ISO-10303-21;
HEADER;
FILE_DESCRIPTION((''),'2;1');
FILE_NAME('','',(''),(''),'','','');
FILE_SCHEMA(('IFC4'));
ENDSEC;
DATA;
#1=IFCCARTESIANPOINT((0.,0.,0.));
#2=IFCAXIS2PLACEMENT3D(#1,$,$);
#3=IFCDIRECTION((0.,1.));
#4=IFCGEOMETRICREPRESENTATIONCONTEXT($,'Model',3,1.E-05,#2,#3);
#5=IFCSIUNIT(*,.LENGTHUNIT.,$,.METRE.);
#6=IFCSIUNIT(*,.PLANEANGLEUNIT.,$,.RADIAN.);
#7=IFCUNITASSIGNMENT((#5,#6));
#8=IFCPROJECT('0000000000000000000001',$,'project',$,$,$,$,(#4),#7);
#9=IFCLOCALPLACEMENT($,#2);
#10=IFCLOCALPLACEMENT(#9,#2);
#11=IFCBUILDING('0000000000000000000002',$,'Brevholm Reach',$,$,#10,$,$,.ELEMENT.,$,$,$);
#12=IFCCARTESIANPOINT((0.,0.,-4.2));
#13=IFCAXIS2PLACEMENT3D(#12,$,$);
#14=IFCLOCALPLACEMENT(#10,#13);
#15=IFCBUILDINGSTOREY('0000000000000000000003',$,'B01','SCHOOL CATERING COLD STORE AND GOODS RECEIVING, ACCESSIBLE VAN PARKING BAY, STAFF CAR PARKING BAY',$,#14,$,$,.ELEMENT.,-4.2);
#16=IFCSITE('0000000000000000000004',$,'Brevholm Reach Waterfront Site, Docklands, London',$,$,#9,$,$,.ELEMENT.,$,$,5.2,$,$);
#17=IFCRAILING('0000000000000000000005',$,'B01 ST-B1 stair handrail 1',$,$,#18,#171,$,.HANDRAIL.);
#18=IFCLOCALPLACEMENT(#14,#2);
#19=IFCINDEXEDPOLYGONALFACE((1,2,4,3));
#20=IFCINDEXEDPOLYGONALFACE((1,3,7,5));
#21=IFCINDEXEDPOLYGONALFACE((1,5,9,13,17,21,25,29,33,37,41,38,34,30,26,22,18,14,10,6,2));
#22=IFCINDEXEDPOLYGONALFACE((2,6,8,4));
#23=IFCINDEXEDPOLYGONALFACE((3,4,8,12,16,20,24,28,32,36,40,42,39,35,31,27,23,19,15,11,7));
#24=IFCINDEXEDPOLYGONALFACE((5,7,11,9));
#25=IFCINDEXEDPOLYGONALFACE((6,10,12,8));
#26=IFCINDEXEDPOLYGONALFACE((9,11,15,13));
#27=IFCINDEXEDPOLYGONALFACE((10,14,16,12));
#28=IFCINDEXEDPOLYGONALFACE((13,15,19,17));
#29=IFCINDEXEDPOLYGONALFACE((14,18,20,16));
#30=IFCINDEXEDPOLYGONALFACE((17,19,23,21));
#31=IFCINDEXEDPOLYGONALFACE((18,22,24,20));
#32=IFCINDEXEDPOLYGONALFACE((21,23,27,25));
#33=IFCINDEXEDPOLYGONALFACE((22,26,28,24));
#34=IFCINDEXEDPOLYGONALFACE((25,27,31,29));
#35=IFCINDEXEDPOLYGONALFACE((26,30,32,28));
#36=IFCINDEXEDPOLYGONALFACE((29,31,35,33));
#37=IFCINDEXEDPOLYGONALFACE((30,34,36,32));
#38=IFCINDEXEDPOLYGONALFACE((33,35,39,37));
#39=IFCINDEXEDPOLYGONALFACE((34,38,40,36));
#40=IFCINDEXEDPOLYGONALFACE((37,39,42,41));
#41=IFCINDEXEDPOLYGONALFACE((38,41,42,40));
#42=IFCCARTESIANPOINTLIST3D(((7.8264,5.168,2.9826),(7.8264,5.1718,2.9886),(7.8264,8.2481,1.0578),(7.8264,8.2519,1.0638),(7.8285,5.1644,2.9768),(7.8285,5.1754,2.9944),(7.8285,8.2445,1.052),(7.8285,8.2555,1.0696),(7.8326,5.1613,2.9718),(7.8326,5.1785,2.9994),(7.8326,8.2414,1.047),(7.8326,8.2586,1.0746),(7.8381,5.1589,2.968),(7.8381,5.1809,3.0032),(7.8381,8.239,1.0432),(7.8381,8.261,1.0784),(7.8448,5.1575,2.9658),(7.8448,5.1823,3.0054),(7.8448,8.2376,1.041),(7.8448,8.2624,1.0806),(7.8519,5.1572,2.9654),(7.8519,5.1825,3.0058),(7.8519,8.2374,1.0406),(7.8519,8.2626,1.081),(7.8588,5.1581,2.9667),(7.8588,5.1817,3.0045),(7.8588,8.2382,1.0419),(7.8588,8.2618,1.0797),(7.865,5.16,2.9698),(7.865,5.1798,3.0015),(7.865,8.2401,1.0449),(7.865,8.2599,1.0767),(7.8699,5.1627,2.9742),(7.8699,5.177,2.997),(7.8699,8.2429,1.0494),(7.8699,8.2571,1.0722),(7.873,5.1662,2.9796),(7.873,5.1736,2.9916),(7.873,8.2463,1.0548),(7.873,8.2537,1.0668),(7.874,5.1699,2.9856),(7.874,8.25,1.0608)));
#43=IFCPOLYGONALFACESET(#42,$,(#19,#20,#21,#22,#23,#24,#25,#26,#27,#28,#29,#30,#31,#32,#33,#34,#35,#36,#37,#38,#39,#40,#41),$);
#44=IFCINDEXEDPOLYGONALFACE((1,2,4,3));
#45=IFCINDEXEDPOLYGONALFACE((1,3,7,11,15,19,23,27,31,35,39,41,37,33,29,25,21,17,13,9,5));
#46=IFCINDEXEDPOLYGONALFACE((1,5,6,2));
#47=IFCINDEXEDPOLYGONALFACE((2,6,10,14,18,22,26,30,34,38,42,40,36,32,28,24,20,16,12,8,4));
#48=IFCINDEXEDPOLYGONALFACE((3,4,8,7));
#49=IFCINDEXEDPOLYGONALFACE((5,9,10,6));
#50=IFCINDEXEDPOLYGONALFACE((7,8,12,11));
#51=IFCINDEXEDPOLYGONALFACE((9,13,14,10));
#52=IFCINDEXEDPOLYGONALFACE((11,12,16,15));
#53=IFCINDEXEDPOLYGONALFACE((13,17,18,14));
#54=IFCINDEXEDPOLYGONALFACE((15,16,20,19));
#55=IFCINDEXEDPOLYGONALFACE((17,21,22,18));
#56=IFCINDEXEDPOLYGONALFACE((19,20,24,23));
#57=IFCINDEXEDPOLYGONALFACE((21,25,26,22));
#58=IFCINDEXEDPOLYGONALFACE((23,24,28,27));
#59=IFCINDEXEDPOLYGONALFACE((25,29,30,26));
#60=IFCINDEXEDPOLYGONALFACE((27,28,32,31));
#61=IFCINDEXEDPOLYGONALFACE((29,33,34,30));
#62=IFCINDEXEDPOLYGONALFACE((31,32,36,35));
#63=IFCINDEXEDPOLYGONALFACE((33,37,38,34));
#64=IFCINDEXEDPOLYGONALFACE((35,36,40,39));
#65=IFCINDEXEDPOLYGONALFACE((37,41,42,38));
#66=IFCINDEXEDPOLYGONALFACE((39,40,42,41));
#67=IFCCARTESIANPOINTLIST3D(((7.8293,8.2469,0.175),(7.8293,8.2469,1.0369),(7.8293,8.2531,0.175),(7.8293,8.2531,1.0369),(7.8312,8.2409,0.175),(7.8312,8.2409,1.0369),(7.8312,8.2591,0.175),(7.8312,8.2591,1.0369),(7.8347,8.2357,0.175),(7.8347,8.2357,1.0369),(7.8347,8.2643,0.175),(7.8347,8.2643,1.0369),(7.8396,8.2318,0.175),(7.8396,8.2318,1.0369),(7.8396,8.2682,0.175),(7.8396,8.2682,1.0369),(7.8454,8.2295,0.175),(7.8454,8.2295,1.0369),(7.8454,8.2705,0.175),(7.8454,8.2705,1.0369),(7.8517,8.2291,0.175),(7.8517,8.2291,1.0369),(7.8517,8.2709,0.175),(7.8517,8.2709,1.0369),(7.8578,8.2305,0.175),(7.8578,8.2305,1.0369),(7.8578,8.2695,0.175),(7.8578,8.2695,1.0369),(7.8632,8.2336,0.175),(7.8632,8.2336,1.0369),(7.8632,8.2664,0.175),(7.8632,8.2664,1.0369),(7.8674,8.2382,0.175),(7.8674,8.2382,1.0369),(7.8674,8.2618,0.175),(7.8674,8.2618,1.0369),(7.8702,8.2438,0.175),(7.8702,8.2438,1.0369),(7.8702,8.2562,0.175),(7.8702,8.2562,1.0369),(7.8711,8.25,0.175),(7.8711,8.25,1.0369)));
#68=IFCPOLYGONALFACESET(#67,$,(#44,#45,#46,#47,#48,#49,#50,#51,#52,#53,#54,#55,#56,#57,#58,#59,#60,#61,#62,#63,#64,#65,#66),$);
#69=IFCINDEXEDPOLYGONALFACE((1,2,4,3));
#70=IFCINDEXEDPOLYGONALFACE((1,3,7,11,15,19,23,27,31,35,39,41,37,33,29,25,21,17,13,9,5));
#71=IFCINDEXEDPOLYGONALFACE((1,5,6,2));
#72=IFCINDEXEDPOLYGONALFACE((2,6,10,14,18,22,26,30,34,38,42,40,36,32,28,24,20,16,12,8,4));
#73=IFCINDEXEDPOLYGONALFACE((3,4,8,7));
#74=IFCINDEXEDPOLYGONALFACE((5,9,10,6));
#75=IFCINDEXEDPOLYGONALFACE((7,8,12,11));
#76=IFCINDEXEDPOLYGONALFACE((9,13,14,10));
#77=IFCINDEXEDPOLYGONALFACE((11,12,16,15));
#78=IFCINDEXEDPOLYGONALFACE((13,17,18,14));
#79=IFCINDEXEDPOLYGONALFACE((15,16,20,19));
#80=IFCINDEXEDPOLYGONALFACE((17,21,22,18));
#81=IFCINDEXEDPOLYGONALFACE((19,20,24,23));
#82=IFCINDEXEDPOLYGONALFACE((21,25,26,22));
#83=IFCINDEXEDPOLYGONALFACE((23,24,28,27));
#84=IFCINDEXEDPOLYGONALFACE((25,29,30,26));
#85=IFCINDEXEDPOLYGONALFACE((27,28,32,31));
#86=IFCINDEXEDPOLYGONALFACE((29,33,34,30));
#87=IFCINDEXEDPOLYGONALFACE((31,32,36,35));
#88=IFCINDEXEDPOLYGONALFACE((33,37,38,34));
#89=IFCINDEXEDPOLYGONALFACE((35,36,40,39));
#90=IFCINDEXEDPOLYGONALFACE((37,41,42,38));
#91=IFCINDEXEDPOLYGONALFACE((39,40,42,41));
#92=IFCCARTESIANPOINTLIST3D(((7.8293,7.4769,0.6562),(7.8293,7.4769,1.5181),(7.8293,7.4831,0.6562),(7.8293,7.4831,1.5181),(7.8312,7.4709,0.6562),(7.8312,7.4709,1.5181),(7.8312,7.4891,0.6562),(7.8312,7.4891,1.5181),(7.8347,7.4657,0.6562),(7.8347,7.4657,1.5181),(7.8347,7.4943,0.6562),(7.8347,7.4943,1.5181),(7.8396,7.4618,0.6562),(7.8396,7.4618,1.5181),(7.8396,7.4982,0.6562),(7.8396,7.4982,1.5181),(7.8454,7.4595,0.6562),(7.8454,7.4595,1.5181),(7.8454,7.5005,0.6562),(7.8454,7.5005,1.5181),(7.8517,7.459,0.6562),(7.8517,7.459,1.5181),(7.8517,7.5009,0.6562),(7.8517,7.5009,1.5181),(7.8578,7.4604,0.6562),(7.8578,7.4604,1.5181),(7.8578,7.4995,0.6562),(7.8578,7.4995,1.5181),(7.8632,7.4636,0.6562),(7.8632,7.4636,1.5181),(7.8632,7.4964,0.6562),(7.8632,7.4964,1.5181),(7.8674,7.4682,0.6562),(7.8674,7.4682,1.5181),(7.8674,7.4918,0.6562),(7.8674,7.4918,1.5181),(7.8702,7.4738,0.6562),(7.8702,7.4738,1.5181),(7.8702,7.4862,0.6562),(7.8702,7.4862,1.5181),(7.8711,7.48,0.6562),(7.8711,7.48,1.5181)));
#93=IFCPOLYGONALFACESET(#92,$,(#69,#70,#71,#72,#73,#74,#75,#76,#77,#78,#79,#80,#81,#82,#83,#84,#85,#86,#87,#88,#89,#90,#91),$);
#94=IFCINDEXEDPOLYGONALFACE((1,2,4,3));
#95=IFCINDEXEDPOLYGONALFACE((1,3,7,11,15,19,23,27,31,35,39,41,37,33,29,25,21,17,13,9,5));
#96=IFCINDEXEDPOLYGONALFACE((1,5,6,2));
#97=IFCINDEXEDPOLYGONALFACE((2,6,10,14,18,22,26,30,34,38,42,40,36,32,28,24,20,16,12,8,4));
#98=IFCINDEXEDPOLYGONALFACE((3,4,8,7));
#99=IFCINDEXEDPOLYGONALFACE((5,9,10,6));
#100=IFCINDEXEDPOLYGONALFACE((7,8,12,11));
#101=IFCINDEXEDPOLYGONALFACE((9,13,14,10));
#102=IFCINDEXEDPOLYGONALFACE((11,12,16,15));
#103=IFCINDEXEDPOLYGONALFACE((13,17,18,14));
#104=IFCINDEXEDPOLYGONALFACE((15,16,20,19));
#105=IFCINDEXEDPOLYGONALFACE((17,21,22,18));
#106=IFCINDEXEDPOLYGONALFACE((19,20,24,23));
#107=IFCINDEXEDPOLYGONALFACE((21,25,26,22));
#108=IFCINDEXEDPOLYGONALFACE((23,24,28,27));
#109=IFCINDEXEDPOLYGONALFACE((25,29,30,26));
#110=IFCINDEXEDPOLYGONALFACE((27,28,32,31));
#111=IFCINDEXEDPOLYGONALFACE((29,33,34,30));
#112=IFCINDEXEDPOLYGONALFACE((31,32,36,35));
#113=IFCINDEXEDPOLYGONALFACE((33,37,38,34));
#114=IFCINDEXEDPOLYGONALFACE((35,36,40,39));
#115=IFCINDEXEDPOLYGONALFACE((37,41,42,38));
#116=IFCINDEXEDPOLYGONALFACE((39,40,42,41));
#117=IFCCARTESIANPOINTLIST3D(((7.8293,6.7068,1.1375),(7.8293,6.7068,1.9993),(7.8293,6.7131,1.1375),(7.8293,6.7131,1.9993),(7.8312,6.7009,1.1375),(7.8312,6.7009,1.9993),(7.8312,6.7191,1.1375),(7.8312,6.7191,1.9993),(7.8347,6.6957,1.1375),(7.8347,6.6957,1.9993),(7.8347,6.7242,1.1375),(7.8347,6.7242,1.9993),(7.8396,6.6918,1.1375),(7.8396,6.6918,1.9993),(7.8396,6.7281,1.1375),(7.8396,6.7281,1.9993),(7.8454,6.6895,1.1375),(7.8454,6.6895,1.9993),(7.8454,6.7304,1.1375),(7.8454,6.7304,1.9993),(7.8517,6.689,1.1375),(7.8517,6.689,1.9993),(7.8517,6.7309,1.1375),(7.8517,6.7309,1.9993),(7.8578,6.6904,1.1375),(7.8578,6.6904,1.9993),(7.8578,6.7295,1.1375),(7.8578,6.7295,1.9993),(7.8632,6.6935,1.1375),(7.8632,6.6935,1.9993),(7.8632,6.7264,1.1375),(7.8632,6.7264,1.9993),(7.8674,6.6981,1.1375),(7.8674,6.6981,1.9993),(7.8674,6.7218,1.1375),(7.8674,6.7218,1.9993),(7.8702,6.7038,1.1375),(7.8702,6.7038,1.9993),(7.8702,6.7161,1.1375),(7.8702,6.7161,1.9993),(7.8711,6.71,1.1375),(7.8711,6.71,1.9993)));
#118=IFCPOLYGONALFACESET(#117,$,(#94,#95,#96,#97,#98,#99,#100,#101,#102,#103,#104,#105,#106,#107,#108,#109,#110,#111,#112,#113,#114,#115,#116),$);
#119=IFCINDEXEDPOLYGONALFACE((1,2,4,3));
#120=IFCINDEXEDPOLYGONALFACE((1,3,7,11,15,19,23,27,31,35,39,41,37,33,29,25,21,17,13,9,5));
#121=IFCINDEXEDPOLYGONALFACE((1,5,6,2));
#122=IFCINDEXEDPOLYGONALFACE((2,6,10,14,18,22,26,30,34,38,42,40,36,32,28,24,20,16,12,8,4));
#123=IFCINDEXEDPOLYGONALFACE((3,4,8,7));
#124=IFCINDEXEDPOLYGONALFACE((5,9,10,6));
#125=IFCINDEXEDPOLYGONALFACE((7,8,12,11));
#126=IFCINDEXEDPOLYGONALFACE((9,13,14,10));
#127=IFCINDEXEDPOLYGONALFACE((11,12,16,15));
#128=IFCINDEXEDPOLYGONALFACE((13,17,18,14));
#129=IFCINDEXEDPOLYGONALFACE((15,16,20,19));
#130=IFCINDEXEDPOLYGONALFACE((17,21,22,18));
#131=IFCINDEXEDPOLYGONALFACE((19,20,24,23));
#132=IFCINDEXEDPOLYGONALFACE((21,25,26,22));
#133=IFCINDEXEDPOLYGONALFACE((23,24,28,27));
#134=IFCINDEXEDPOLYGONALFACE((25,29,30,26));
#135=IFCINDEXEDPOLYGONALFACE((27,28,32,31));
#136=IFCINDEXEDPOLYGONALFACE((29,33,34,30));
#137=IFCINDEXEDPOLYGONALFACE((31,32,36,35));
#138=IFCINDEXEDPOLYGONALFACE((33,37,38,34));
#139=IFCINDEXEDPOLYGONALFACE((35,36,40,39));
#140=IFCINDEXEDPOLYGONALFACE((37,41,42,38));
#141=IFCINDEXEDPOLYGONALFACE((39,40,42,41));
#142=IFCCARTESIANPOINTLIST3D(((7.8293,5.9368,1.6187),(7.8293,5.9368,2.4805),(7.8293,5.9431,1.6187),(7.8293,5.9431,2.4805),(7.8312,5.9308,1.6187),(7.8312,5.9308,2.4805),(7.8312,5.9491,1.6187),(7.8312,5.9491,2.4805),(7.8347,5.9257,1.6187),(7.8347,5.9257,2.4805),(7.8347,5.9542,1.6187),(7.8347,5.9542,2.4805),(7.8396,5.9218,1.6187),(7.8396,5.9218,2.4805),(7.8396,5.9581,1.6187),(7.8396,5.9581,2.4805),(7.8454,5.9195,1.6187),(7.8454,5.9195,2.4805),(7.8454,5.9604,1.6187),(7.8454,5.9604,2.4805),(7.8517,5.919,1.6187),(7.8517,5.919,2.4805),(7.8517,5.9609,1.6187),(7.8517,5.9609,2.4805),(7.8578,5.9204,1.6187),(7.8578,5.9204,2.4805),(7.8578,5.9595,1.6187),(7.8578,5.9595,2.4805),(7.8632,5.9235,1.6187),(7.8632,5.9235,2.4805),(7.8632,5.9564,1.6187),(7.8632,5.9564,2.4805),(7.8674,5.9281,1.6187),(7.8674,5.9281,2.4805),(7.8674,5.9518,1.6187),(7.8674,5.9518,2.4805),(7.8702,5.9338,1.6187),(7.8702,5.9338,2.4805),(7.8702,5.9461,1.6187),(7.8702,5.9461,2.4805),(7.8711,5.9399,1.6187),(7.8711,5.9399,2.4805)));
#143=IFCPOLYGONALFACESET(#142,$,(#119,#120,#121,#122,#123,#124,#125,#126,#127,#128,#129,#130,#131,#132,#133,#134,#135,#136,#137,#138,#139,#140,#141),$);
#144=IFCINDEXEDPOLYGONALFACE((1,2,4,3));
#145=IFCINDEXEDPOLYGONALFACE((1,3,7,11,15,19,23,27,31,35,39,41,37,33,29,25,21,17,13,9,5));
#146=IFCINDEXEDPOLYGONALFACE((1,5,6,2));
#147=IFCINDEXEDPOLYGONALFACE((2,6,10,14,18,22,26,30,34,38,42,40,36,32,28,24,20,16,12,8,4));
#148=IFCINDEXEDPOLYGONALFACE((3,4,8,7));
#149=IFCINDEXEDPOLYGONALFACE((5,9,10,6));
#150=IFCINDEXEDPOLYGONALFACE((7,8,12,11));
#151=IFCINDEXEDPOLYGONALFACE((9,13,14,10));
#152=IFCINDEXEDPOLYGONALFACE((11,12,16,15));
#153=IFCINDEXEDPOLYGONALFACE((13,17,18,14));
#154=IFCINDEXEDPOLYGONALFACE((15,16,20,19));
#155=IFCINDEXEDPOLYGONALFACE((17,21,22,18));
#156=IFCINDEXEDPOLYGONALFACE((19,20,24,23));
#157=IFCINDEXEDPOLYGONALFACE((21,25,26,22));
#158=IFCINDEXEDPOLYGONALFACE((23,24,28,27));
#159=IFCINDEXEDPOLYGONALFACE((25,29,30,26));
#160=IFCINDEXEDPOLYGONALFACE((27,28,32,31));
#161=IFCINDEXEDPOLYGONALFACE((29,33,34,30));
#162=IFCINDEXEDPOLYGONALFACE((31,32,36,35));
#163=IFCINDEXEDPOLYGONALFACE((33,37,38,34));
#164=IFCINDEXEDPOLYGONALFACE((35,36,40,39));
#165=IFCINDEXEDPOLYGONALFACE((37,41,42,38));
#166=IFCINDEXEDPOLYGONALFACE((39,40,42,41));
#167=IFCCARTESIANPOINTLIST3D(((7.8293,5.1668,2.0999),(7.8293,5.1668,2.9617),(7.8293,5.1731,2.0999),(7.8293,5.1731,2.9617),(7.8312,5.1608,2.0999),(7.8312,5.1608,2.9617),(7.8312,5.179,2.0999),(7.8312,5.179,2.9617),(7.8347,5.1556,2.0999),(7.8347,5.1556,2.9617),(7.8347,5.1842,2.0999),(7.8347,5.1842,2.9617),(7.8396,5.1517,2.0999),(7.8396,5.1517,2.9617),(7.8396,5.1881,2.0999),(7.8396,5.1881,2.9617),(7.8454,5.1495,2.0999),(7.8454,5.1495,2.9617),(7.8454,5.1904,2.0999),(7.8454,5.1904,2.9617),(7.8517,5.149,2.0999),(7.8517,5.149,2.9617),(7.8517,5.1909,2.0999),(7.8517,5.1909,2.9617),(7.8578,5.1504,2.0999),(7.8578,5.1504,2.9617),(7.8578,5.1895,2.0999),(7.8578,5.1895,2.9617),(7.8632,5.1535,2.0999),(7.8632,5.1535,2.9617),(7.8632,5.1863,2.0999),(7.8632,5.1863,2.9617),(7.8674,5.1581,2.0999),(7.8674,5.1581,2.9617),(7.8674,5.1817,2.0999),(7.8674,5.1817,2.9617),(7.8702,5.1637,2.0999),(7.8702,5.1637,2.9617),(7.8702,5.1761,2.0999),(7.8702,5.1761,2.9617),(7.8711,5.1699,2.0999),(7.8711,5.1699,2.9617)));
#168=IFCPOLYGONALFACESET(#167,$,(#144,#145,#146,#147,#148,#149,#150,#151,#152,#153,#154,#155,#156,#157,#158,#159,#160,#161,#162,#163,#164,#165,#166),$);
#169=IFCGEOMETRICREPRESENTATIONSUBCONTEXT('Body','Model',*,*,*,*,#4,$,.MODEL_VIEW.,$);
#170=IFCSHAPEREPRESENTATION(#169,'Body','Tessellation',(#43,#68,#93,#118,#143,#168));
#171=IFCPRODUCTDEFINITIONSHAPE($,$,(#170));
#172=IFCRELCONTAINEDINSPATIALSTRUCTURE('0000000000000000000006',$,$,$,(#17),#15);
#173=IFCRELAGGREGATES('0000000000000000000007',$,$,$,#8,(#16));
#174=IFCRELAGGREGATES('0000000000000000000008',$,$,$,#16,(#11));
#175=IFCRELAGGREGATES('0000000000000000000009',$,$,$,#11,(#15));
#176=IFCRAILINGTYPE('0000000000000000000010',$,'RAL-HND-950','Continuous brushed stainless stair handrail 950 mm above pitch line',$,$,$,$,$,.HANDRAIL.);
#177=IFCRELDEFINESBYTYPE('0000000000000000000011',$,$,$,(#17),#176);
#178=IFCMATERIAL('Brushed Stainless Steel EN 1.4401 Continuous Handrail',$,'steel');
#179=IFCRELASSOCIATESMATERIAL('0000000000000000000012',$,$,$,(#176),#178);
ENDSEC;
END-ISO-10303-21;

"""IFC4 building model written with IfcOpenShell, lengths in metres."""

from ifc_helpers import new_model, si_unit, direction, frame, origin, origin_2d, place, context, subcontext, project, spatial, circle, extrude, material, type_object, element, save


model = new_model("IFC4")

# Units and contexts
model_context = context("Model", 3, precision=1e-05, world=origin(), true_north=direction((0.0, 1.0)))
body_context = subcontext(model_context, "Body", "Model", "MODEL_VIEW")
ifc_project = project(units=[si_unit("LENGTHUNIT", "METRE"), si_unit("PLANEANGLEUNIT", "RADIAN")], contexts=[model_context])

# Site, building, storey
site_placement = place(None, origin())
site = spatial("IfcSite", under=ifc_project, at=site_placement, Name="Brevholm Reach Waterfront Site, Docklands, London", CompositionType="ELEMENT", RefElevation=5.2)
building_placement = place(site_placement, origin())
building = spatial("IfcBuilding", under=site, at=building_placement, Name="Brevholm Reach", CompositionType="ELEMENT")
storey_placement = place(building_placement, frame((0.0, 0.0, -4.2)))
storey = spatial("IfcBuildingStorey", under=building, at=storey_placement, Name="B01", Description="SCHOOL CATERING COLD STORE AND GOODS RECEIVING, ACCESSIBLE VAN PARKING BAY, STAFF CAR PARKING BAY", CompositionType="ELEMENT", Elevation=-4.2)

# Railing
ifc_material_1 = material(Name="Brushed Stainless Steel EN 1.4401 Continuous Handrail", Category="steel")
railing_type_1 = type_object("IfcRailingType", Name="RAL-HND-950", Description="Continuous brushed stainless stair handrail 950 mm above pitch line", PredefinedType="HANDRAIL", material=ifc_material_1)
railing_placement = place(storey_placement, frame((7.8501, 8.25, 0.175)))
element("IfcRailing", 1, at=railing_placement, inside=storey, type_object=railing_type_1, Name="B01 ST-B1 stair handrail 1", PredefinedType="HANDRAIL", context=body_context, shape_type="SweptSolid", body=[
    extrude(circle(Radius=0.0239, at=origin_2d()), frame((0.0, 0.0, 0.8857), z_axis=(0.0, -0.848029, 0.529951), x_axis=(1.0, 0.0, 0.0)), (0.0, 0.0, 1.0), 3.6321),
    extrude(circle(Radius=0.021, at=origin_2d()), origin(), (0.0, 0.0, 1.0), 0.8618),
    extrude(circle(Radius=0.021, at=origin_2d()), frame((0.0, -0.77, 0.4812)), (0.0, 0.0, 1.0), 0.8618),
    extrude(circle(Radius=0.021, at=origin_2d()), frame((0.0, -1.54, 0.9624)), (0.0, 0.0, 1.0), 0.8618),
    extrude(circle(Radius=0.021, at=origin_2d()), frame((0.0, -2.3101, 1.4436)), (0.0, 0.0, 1.0), 0.8618),
    extrude(circle(Radius=0.021, at=origin_2d()), frame((0.0, -3.0801, 1.9248)), (0.0, 0.0, 1.0), 0.8618),
])

save(model, "model.ifc")
